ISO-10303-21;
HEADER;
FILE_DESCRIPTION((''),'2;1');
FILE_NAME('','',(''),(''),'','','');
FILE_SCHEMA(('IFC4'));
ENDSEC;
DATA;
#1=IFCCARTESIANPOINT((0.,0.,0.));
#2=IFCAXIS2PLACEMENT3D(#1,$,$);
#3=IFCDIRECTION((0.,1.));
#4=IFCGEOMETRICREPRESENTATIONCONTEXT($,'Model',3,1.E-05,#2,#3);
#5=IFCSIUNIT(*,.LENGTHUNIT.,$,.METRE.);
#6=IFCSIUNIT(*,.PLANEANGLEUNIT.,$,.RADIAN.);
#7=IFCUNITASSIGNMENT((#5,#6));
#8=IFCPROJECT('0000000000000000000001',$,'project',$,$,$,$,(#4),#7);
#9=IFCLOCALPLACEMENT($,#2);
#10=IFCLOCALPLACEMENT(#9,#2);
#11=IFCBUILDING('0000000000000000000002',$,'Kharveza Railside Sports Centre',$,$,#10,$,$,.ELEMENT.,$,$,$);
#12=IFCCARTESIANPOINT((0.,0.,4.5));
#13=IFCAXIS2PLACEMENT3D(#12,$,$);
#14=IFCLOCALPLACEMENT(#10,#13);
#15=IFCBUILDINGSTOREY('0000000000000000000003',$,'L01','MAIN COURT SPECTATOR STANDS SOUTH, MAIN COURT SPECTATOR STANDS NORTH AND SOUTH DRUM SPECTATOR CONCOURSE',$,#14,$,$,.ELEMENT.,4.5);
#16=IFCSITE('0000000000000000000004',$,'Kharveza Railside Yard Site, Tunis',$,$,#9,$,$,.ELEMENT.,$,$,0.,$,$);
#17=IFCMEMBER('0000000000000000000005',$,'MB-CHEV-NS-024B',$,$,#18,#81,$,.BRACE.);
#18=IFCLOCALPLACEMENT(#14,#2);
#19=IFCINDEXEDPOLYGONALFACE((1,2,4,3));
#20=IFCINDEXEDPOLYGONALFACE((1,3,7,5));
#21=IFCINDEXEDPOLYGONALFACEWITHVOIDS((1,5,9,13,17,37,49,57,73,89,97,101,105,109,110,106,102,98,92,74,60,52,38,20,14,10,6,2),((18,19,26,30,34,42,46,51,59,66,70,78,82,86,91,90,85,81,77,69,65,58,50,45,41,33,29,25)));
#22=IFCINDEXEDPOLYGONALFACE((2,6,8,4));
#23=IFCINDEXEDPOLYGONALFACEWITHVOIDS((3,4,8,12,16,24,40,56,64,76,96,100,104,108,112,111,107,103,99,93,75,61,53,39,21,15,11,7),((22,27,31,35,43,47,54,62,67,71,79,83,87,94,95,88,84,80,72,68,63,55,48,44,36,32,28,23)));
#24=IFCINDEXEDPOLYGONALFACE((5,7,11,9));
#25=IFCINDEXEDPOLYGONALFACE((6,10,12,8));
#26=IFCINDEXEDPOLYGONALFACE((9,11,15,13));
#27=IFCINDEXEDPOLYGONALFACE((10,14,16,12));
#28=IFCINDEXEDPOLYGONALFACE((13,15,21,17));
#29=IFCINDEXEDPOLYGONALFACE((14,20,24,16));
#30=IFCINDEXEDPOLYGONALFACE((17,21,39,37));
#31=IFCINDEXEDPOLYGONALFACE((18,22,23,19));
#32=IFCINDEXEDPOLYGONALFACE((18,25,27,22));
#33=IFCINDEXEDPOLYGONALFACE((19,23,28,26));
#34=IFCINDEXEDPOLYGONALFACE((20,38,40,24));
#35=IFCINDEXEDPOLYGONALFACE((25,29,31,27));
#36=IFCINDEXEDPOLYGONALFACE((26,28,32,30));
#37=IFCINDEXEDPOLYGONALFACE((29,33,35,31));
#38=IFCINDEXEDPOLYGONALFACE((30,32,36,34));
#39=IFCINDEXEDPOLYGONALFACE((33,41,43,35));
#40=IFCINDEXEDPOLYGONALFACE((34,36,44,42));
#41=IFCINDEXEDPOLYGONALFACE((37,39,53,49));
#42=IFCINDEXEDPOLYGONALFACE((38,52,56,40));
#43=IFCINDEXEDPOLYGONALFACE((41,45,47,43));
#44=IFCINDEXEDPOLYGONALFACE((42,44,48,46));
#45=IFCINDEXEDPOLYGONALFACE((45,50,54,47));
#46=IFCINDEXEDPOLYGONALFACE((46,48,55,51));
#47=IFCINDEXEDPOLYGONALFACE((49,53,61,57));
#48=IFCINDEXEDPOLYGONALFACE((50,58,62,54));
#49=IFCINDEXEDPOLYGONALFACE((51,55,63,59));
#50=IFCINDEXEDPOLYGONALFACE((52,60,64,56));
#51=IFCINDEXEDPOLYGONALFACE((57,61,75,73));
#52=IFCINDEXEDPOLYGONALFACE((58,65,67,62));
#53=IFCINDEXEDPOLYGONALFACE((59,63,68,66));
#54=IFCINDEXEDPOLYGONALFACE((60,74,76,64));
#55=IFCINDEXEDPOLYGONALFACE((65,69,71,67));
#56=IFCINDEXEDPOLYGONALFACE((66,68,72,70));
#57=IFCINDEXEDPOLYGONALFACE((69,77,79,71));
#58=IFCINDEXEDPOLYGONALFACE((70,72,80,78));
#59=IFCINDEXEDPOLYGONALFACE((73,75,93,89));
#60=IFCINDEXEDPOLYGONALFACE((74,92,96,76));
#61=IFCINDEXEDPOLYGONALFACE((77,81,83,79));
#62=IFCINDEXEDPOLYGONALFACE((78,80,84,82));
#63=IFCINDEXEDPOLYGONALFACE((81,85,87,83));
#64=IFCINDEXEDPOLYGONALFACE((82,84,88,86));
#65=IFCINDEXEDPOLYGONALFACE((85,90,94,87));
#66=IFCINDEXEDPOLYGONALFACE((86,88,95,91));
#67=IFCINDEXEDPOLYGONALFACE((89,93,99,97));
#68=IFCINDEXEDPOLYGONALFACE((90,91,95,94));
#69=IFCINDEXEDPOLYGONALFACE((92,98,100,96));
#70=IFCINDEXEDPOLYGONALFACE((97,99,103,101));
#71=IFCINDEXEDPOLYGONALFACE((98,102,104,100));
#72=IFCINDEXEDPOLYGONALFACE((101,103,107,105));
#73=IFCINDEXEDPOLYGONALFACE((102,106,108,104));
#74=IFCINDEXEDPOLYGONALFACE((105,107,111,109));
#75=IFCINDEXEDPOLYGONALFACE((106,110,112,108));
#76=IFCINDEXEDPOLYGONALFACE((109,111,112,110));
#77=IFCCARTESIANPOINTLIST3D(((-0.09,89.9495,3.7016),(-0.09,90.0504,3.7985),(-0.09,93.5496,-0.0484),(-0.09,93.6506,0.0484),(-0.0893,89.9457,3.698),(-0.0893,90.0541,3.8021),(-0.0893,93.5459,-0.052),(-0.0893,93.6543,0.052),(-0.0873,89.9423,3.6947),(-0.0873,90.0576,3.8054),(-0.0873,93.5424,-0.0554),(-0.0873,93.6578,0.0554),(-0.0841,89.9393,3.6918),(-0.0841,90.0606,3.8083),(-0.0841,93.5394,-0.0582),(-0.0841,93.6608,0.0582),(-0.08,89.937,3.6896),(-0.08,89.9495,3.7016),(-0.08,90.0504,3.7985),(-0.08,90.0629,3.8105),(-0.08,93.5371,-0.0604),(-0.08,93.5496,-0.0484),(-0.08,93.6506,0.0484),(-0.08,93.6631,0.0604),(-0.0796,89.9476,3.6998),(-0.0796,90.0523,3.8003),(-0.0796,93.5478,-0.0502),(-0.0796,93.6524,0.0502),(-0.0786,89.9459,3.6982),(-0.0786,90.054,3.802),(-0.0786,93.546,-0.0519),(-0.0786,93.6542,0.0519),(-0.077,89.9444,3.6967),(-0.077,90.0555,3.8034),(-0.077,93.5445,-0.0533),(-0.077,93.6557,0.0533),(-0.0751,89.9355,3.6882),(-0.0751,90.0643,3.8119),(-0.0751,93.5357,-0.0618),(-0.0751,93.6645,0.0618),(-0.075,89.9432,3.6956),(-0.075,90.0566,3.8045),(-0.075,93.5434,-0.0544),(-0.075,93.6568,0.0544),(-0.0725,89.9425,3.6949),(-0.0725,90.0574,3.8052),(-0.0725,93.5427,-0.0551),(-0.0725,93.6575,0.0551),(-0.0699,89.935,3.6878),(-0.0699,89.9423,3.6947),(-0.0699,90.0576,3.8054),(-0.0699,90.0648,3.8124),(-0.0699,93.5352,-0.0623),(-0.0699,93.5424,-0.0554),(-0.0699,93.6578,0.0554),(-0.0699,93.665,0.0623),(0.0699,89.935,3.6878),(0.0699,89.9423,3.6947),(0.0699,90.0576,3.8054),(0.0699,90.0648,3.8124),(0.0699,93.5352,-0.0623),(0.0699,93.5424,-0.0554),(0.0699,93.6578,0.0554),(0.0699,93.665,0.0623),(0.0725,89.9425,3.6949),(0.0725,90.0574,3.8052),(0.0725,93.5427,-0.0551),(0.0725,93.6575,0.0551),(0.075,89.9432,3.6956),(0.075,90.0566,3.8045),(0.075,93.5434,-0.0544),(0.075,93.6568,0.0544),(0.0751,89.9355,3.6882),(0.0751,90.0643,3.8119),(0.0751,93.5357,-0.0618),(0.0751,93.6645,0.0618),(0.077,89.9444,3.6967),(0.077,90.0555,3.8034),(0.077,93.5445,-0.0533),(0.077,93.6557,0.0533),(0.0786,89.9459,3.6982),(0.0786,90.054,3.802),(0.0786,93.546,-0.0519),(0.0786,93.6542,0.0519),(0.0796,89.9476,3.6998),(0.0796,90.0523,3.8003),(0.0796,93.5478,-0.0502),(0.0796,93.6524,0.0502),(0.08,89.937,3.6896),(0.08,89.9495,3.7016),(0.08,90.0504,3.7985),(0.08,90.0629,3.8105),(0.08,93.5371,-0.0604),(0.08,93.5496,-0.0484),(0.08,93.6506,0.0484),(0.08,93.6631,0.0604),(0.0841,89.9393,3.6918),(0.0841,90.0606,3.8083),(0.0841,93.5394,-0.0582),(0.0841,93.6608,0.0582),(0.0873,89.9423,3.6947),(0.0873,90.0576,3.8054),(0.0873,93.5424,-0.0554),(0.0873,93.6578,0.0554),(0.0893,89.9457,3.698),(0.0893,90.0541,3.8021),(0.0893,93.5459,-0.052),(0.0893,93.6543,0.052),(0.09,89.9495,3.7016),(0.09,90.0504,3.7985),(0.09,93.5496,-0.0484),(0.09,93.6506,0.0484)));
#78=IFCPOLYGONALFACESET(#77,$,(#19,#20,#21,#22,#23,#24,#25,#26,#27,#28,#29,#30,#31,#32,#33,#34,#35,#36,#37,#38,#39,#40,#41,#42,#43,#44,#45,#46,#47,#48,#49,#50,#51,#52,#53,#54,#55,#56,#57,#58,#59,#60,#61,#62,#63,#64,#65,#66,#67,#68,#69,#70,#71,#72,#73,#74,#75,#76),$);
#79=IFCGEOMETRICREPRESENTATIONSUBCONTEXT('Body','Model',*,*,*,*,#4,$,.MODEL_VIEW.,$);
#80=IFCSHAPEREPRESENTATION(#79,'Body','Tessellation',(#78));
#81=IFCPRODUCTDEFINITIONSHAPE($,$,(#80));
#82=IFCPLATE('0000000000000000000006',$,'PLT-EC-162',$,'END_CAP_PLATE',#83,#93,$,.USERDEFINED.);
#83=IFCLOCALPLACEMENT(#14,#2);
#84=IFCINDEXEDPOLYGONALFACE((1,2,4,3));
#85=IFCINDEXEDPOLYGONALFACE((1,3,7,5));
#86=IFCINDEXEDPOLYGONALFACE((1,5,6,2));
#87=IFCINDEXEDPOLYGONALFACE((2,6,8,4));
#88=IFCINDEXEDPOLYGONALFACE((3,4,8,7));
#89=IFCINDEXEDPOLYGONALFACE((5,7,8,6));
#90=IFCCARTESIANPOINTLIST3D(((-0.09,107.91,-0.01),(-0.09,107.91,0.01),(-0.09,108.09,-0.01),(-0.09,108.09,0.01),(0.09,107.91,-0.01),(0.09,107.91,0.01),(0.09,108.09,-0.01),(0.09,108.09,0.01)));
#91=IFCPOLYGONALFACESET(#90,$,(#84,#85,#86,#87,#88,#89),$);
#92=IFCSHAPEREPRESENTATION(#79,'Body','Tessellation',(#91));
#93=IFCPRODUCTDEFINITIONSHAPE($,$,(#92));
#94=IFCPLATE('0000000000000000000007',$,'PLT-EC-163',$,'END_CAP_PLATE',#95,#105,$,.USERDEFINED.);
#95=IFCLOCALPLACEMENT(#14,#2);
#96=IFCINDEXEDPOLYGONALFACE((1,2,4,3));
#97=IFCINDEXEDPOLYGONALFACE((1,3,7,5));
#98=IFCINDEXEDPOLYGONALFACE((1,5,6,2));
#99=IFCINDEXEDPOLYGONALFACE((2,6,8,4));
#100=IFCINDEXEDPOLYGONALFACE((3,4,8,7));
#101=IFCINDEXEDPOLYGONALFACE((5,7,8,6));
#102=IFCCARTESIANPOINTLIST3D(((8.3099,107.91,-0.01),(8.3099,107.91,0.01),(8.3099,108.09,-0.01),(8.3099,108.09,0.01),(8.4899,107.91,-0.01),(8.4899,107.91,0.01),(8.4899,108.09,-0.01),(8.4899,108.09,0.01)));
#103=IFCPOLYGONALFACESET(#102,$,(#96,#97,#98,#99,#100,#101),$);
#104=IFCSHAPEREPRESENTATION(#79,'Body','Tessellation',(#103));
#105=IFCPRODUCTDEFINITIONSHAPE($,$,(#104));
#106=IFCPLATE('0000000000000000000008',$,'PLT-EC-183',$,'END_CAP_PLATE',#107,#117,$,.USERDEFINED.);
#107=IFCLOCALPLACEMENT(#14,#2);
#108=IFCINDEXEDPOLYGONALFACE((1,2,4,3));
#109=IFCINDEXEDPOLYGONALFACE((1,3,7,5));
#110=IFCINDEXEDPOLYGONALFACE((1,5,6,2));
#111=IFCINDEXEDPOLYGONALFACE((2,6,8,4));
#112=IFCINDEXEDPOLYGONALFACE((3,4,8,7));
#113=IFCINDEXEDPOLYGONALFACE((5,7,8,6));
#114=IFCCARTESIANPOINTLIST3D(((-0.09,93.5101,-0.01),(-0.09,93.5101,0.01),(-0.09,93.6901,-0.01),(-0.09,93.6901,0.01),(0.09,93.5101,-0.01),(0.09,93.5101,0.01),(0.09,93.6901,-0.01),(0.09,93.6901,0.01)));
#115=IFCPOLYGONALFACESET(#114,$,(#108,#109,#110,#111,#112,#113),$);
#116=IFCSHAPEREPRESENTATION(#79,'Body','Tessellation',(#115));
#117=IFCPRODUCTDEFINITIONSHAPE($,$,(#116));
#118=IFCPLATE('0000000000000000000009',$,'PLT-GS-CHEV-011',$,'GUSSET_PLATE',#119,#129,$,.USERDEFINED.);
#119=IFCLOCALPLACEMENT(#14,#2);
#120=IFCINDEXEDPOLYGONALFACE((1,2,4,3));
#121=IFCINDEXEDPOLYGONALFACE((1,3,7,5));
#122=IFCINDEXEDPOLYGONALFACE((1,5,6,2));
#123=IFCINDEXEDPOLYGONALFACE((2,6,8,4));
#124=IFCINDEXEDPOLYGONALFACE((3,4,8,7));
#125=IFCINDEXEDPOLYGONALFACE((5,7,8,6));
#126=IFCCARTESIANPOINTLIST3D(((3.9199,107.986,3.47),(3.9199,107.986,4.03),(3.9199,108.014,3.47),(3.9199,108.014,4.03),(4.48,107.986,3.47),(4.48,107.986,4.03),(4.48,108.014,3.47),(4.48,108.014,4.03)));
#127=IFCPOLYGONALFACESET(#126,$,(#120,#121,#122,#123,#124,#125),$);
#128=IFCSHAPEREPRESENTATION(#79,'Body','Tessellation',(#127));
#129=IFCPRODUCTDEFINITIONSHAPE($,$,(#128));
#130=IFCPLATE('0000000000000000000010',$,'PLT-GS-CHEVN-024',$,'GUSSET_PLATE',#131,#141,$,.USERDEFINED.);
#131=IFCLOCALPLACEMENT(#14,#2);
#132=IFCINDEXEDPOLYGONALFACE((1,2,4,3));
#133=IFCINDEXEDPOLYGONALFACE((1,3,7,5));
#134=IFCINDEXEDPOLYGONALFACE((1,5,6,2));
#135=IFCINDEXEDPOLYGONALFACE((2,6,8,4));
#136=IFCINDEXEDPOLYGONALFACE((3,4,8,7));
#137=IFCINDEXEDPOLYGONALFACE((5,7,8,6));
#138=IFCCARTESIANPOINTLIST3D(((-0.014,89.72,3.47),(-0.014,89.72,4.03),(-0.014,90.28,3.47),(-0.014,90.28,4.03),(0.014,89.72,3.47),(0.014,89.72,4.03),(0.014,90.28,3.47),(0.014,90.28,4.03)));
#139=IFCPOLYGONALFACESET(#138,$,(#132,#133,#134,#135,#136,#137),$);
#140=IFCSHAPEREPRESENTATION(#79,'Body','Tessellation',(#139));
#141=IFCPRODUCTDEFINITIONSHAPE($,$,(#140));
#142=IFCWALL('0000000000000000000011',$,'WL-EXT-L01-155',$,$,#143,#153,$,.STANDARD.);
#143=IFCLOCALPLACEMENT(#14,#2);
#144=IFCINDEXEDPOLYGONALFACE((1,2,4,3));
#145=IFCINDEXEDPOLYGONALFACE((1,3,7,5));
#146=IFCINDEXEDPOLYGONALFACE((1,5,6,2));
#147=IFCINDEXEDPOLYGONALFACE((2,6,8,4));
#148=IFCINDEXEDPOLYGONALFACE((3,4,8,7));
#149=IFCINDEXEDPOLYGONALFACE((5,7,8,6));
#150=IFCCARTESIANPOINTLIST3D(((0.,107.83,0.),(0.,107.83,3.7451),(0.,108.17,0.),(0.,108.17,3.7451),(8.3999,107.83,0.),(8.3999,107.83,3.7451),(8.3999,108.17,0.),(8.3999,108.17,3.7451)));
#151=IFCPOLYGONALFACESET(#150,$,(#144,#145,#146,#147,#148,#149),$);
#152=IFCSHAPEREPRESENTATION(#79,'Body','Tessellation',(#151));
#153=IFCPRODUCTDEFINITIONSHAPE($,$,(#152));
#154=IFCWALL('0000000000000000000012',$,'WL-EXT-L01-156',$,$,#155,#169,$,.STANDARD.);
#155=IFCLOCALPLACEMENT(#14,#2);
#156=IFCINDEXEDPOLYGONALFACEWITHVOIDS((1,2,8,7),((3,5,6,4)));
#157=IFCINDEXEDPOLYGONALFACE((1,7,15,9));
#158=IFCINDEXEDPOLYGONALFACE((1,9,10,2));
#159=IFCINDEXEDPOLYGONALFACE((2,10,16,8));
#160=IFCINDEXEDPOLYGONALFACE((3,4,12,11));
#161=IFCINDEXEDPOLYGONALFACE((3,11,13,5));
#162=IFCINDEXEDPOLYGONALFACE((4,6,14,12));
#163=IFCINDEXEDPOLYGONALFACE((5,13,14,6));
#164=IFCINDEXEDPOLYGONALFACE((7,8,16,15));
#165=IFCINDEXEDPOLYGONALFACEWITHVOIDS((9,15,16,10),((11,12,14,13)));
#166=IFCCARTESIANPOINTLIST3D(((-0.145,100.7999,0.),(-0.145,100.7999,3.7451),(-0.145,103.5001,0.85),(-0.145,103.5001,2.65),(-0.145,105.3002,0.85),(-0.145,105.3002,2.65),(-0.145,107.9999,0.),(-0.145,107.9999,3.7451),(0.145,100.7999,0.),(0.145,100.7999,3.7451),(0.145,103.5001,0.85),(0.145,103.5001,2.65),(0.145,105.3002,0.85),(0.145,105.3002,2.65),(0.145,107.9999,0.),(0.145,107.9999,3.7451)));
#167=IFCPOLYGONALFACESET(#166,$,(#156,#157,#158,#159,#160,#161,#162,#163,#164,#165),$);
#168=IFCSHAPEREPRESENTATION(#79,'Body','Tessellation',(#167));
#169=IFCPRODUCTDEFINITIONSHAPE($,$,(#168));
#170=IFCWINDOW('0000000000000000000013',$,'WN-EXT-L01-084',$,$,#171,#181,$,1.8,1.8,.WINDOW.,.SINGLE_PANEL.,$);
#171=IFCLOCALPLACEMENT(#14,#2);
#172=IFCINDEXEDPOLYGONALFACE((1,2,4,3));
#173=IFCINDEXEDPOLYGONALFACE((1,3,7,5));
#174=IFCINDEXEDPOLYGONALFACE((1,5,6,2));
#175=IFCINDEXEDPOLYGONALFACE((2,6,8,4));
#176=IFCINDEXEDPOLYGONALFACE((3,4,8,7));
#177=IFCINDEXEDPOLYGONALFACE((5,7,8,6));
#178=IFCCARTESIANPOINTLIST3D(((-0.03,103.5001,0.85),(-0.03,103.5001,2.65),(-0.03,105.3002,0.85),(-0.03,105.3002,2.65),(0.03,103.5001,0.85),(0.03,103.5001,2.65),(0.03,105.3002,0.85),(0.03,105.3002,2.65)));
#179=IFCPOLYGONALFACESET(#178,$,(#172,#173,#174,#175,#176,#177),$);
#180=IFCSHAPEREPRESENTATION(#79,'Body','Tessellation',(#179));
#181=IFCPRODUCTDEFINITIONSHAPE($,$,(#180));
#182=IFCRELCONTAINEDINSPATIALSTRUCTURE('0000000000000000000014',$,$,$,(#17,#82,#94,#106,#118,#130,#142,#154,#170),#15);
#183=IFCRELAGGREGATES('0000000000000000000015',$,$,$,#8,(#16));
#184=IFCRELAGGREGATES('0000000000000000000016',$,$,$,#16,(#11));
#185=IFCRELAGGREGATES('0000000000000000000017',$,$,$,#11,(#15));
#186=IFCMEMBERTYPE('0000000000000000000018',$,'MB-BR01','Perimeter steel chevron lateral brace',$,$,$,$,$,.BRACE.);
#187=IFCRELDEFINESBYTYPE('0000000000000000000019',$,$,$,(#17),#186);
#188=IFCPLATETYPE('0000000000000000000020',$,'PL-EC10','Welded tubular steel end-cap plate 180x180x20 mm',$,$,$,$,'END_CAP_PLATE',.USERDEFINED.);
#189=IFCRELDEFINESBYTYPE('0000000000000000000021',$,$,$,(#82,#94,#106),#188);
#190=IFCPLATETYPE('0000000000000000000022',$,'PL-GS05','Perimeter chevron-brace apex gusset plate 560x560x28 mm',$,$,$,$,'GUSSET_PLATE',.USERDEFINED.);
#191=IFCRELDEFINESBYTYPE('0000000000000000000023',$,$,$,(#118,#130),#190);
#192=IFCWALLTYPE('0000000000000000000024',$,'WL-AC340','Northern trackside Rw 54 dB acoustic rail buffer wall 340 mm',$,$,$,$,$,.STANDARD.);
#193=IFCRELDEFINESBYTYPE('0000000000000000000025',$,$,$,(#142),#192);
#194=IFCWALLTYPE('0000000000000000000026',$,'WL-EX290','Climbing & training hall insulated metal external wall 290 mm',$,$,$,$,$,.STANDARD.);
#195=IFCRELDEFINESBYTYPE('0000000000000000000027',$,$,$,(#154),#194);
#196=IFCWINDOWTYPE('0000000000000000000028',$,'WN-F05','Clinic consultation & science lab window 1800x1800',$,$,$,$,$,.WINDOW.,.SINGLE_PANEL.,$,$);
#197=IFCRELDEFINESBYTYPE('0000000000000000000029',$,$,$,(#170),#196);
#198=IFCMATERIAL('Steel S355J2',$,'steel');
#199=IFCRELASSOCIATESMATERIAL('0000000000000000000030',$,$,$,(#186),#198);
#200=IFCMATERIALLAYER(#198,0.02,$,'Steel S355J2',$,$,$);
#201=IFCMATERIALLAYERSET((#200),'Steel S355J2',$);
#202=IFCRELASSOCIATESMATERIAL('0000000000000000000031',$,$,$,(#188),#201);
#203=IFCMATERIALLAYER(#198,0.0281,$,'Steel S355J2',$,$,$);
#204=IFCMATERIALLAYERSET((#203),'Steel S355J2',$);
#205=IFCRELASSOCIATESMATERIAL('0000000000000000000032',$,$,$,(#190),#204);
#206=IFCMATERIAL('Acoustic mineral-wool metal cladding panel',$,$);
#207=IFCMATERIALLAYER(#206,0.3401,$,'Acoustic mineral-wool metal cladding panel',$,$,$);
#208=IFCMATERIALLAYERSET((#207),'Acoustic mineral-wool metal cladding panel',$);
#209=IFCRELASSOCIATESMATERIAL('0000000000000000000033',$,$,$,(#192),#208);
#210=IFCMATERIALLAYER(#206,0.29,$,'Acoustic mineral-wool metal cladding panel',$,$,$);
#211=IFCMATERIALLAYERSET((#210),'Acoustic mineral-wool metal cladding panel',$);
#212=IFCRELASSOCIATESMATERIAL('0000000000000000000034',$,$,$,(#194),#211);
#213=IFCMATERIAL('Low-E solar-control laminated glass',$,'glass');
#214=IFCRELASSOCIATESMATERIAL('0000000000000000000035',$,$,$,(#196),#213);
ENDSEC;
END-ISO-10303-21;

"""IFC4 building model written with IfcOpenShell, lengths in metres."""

from ifc_helpers import new_model, si_unit, direction, frame, frame_2d, origin, origin_2d, place, context, subcontext, project, spatial, rectangle, hollow_rectangle, extrude, material, layer, layer_set, material_profile, profile_set, type_object, element, fill, save


model = new_model("IFC4")

# Units and contexts
model_context = context("Model", 3, precision=1e-05, world=origin(), true_north=direction((0.0, 1.0)))
body_context = subcontext(model_context, "Body", "Model", "MODEL_VIEW")
ifc_project = project(units=[si_unit("LENGTHUNIT", "METRE"), si_unit("PLANEANGLEUNIT", "RADIAN")], contexts=[model_context])

# Site, building, storey
site_placement = place(None, origin())
site = spatial("IfcSite", under=ifc_project, at=site_placement, Name="Kharveza Railside Yard Site, Tunis", CompositionType="ELEMENT", RefElevation=0.0)
building_placement = place(site_placement, origin())
building = spatial("IfcBuilding", under=site, at=building_placement, Name="Kharveza Railside Sports Centre", CompositionType="ELEMENT")
storey_placement = place(building_placement, frame((0.0, 0.0, 4.5)))
storey = spatial("IfcBuildingStorey", under=building, at=storey_placement, Name="L01", Description="MAIN COURT SPECTATOR STANDS SOUTH, MAIN COURT SPECTATOR STANDS NORTH AND SOUTH DRUM SPECTATOR CONCOURSE", CompositionType="ELEMENT", Elevation=4.5)

# Shared definitions
ifc_material_1 = material(Name="Steel S355J2", Category="steel")

# Member
ifc_material_profile_1 = material_profile(ifc_material_1, hollow_rectangle(XDim=0.1799, YDim=0.1799, WallThickness=0.01, InnerFilletRadius=0.01, OuterFilletRadius=0.02, at=origin_2d()), Name="SHS 180x180x10.0")
ifc_profile_set_1 = profile_set([ifc_material_profile_1], Name="Steel S355J2")
member_type = type_object("IfcMemberType", Name="MB-BR01", Description="Perimeter steel chevron lateral brace", PredefinedType="BRACE", material=ifc_profile_set_1)
member_placement = place(storey_placement, frame((0.0, 93.6001, 0.0), z_axis=(0.0, -0.692542, 0.721378), x_axis=(1.0, 0.0, 0.0)))
element("IfcMember", 1, at=member_placement, inside=storey, type_object=member_type, Name="MB-CHEV-NS-024B", PredefinedType="BRACE", context=body_context, shape_type="SweptSolid", body=[
    extrude(hollow_rectangle(XDim=0.1799, YDim=0.1799, WallThickness=0.01, InnerFilletRadius=0.01, OuterFilletRadius=0.02, at=origin_2d()), origin(), (0.0, 0.0, 1.0), 5.1985),
])

# Plates
ifc_layer_1 = layer(ifc_material_1, 0.02, Name="Steel S355J2")
ifc_layer_set_1 = layer_set([ifc_layer_1], Name="Steel S355J2")
plate_type_1 = type_object("IfcPlateType", Name="PL-EC10", Description="Welded tubular steel end-cap plate 180x180x20 mm", ElementType="END_CAP_PLATE", PredefinedType="USERDEFINED", material=ifc_layer_set_1)
for number, where, z_axis, x_axis, name in (
    (2, (0.0, 108.0, -0.01), (0.0, 0.0, 1.0), (1.0, 0.0, 0.0), "PLT-EC-162"),
    (3, (8.3999, 108.0, -0.01), (0.0, 0.0, 1.0), (1.0, 0.0, 0.0), "PLT-EC-163"),
    (4, (0.0, 93.6001, -0.01), (0.0, 0.0, 1.0), (1.0, 0.0, 0.0), "PLT-EC-183"),
):
    element("IfcPlate", number, at=place(storey_placement, frame(where, z_axis=z_axis, x_axis=x_axis)), inside=storey, type_object=plate_type_1, Name=name, ObjectType="END_CAP_PLATE", PredefinedType="USERDEFINED", context=body_context, shape_type="SweptSolid", body=[
        extrude(rectangle(XDim=0.1799, YDim=0.1799, at=origin_2d()), origin(), (0.0, 0.0, 1.0), 0.02),
    ])
ifc_layer_2 = layer(ifc_material_1, 0.0281, Name="Steel S355J2")
ifc_layer_set_2 = layer_set([ifc_layer_2], Name="Steel S355J2")
plate_type_2 = type_object("IfcPlateType", Name="PL-GS05", Description="Perimeter chevron-brace apex gusset plate 560x560x28 mm", ElementType="GUSSET_PLATE", PredefinedType="USERDEFINED", material=ifc_layer_set_2)
plate_1_placement = place(storey_placement, frame((4.2, 108.0, 3.47), z_axis=(0.0, 0.0, 1.0), x_axis=(1.0, 0.0, 0.0)))
element("IfcPlate", 5, at=plate_1_placement, inside=storey, type_object=plate_type_2, Name="PLT-GS-CHEV-011", ObjectType="GUSSET_PLATE", PredefinedType="USERDEFINED", context=body_context, shape_type="SweptSolid", body=[
    extrude(rectangle(XDim=0.5601, YDim=0.0281, at=origin_2d()), origin(), (0.0, 0.0, 1.0), 0.5601),
])
plate_2_placement = place(storey_placement, frame((0.0, 90.0, 3.47), z_axis=(0.0, 0.0, 1.0), x_axis=(1.0, 0.0, 0.0)))
element("IfcPlate", 6, at=plate_2_placement, inside=storey, type_object=plate_type_2, Name="PLT-GS-CHEVN-024", ObjectType="GUSSET_PLATE", PredefinedType="USERDEFINED", context=body_context, shape_type="SweptSolid", body=[
    extrude(rectangle(XDim=0.0281, YDim=0.5601, at=origin_2d()), origin(), (0.0, 0.0, 1.0), 0.5601),
])

# Wall
ifc_material_2 = material(Name="Acoustic mineral-wool metal cladding panel")
ifc_layer_3 = layer(ifc_material_2, 0.3401, Name="Acoustic mineral-wool metal cladding panel")
ifc_layer_set_3 = layer_set([ifc_layer_3], Name="Acoustic mineral-wool metal cladding panel")
wall_type_1 = type_object("IfcWallType", Name="WL-AC340", Description="Northern trackside Rw 54 dB acoustic rail buffer wall 340 mm", PredefinedType="STANDARD", material=ifc_layer_set_3)
wall_1_placement = place(storey_placement, frame((8.3999, 108.0, 0.0), z_axis=(0.0, 0.0, 1.0), x_axis=(-1.0, 0.0, 0.0)))
element("IfcWall", 7, at=wall_1_placement, inside=storey, type_object=wall_type_1, Name="WL-EXT-L01-155", PredefinedType="STANDARD", context=body_context, shape_type="SweptSolid", body=[
    extrude(rectangle(XDim=8.3999, YDim=0.3401, at=frame_2d((4.2, 0.0))), origin(), (0.0, 0.0, 1.0), 3.7451),
])

# Wall, opening, window
ifc_layer_4 = layer(ifc_material_2, 0.29, Name="Acoustic mineral-wool metal cladding panel")
ifc_layer_set_4 = layer_set([ifc_layer_4], Name="Acoustic mineral-wool metal cladding panel")
wall_type_2 = type_object("IfcWallType", Name="WL-EX290", Description="Climbing & training hall insulated metal external wall 290 mm", PredefinedType="STANDARD", material=ifc_layer_set_4)
wall_2_placement = place(storey_placement, frame((0.0, 108.0, 0.0), z_axis=(0.0, 0.0, 1.0), x_axis=(0.0, -1.0, 0.0)))
wall_2 = element("IfcWall", 8, at=wall_2_placement, inside=storey, type_object=wall_type_2, Name="WL-EXT-L01-156", PredefinedType="STANDARD", context=body_context, shape_type="SweptSolid", body=[
    extrude(rectangle(XDim=7.2, YDim=0.29, at=frame_2d((3.6001, 0.0))), origin(), (0.0, 0.0, 1.0), 3.7451),
])
opening_1_placement = place(wall_2_placement, frame((2.7, 0.0, 0.8501)))
opening_1 = element("IfcOpeningElement", 9, at=opening_1_placement, cuts=wall_2, PredefinedType="OPENING", context=body_context, shape_type="SweptSolid", body=[
    extrude(rectangle(XDim=1.8, YDim=1.8, at=frame_2d((0.8999, 0.8999))), frame((0.0, 0.1699, 0.0), z_axis=(0.0, -1.0, 0.0), x_axis=(1.0, 0.0, 0.0)), (0.0, 0.0, 1.0), 0.3398),
])
ifc_material_3 = material(Name="Low-E solar-control laminated glass", Category="glass")
window_type_1 = type_object("IfcWindowType", Name="WN-F05", Description="Clinic consultation & science lab window 1800x1800", PartitioningType="SINGLE_PANEL", PredefinedType="WINDOW", material=ifc_material_3)
window_1_placement = place(opening_1_placement, origin())
window_1 = element("IfcWindow", 10, at=window_1_placement, inside=storey, type_object=window_type_1, Name="WN-EXT-L01-084", OverallHeight=1.8, OverallWidth=1.8, PartitioningType="SINGLE_PANEL", PredefinedType="WINDOW", context=body_context, shape_type="SweptSolid", body=[
    extrude(rectangle(XDim=1.8, YDim=1.8, at=frame_2d((0.8999, 0.8999))), frame((0.0, 0.03, 0.0), z_axis=(0.0, -1.0, 0.0), x_axis=(1.0, 0.0, 0.0)), (0.0, 0.0, 1.0), 0.0601),
])
fill(opening_1, window_1)

save(model, "model.ifc")
